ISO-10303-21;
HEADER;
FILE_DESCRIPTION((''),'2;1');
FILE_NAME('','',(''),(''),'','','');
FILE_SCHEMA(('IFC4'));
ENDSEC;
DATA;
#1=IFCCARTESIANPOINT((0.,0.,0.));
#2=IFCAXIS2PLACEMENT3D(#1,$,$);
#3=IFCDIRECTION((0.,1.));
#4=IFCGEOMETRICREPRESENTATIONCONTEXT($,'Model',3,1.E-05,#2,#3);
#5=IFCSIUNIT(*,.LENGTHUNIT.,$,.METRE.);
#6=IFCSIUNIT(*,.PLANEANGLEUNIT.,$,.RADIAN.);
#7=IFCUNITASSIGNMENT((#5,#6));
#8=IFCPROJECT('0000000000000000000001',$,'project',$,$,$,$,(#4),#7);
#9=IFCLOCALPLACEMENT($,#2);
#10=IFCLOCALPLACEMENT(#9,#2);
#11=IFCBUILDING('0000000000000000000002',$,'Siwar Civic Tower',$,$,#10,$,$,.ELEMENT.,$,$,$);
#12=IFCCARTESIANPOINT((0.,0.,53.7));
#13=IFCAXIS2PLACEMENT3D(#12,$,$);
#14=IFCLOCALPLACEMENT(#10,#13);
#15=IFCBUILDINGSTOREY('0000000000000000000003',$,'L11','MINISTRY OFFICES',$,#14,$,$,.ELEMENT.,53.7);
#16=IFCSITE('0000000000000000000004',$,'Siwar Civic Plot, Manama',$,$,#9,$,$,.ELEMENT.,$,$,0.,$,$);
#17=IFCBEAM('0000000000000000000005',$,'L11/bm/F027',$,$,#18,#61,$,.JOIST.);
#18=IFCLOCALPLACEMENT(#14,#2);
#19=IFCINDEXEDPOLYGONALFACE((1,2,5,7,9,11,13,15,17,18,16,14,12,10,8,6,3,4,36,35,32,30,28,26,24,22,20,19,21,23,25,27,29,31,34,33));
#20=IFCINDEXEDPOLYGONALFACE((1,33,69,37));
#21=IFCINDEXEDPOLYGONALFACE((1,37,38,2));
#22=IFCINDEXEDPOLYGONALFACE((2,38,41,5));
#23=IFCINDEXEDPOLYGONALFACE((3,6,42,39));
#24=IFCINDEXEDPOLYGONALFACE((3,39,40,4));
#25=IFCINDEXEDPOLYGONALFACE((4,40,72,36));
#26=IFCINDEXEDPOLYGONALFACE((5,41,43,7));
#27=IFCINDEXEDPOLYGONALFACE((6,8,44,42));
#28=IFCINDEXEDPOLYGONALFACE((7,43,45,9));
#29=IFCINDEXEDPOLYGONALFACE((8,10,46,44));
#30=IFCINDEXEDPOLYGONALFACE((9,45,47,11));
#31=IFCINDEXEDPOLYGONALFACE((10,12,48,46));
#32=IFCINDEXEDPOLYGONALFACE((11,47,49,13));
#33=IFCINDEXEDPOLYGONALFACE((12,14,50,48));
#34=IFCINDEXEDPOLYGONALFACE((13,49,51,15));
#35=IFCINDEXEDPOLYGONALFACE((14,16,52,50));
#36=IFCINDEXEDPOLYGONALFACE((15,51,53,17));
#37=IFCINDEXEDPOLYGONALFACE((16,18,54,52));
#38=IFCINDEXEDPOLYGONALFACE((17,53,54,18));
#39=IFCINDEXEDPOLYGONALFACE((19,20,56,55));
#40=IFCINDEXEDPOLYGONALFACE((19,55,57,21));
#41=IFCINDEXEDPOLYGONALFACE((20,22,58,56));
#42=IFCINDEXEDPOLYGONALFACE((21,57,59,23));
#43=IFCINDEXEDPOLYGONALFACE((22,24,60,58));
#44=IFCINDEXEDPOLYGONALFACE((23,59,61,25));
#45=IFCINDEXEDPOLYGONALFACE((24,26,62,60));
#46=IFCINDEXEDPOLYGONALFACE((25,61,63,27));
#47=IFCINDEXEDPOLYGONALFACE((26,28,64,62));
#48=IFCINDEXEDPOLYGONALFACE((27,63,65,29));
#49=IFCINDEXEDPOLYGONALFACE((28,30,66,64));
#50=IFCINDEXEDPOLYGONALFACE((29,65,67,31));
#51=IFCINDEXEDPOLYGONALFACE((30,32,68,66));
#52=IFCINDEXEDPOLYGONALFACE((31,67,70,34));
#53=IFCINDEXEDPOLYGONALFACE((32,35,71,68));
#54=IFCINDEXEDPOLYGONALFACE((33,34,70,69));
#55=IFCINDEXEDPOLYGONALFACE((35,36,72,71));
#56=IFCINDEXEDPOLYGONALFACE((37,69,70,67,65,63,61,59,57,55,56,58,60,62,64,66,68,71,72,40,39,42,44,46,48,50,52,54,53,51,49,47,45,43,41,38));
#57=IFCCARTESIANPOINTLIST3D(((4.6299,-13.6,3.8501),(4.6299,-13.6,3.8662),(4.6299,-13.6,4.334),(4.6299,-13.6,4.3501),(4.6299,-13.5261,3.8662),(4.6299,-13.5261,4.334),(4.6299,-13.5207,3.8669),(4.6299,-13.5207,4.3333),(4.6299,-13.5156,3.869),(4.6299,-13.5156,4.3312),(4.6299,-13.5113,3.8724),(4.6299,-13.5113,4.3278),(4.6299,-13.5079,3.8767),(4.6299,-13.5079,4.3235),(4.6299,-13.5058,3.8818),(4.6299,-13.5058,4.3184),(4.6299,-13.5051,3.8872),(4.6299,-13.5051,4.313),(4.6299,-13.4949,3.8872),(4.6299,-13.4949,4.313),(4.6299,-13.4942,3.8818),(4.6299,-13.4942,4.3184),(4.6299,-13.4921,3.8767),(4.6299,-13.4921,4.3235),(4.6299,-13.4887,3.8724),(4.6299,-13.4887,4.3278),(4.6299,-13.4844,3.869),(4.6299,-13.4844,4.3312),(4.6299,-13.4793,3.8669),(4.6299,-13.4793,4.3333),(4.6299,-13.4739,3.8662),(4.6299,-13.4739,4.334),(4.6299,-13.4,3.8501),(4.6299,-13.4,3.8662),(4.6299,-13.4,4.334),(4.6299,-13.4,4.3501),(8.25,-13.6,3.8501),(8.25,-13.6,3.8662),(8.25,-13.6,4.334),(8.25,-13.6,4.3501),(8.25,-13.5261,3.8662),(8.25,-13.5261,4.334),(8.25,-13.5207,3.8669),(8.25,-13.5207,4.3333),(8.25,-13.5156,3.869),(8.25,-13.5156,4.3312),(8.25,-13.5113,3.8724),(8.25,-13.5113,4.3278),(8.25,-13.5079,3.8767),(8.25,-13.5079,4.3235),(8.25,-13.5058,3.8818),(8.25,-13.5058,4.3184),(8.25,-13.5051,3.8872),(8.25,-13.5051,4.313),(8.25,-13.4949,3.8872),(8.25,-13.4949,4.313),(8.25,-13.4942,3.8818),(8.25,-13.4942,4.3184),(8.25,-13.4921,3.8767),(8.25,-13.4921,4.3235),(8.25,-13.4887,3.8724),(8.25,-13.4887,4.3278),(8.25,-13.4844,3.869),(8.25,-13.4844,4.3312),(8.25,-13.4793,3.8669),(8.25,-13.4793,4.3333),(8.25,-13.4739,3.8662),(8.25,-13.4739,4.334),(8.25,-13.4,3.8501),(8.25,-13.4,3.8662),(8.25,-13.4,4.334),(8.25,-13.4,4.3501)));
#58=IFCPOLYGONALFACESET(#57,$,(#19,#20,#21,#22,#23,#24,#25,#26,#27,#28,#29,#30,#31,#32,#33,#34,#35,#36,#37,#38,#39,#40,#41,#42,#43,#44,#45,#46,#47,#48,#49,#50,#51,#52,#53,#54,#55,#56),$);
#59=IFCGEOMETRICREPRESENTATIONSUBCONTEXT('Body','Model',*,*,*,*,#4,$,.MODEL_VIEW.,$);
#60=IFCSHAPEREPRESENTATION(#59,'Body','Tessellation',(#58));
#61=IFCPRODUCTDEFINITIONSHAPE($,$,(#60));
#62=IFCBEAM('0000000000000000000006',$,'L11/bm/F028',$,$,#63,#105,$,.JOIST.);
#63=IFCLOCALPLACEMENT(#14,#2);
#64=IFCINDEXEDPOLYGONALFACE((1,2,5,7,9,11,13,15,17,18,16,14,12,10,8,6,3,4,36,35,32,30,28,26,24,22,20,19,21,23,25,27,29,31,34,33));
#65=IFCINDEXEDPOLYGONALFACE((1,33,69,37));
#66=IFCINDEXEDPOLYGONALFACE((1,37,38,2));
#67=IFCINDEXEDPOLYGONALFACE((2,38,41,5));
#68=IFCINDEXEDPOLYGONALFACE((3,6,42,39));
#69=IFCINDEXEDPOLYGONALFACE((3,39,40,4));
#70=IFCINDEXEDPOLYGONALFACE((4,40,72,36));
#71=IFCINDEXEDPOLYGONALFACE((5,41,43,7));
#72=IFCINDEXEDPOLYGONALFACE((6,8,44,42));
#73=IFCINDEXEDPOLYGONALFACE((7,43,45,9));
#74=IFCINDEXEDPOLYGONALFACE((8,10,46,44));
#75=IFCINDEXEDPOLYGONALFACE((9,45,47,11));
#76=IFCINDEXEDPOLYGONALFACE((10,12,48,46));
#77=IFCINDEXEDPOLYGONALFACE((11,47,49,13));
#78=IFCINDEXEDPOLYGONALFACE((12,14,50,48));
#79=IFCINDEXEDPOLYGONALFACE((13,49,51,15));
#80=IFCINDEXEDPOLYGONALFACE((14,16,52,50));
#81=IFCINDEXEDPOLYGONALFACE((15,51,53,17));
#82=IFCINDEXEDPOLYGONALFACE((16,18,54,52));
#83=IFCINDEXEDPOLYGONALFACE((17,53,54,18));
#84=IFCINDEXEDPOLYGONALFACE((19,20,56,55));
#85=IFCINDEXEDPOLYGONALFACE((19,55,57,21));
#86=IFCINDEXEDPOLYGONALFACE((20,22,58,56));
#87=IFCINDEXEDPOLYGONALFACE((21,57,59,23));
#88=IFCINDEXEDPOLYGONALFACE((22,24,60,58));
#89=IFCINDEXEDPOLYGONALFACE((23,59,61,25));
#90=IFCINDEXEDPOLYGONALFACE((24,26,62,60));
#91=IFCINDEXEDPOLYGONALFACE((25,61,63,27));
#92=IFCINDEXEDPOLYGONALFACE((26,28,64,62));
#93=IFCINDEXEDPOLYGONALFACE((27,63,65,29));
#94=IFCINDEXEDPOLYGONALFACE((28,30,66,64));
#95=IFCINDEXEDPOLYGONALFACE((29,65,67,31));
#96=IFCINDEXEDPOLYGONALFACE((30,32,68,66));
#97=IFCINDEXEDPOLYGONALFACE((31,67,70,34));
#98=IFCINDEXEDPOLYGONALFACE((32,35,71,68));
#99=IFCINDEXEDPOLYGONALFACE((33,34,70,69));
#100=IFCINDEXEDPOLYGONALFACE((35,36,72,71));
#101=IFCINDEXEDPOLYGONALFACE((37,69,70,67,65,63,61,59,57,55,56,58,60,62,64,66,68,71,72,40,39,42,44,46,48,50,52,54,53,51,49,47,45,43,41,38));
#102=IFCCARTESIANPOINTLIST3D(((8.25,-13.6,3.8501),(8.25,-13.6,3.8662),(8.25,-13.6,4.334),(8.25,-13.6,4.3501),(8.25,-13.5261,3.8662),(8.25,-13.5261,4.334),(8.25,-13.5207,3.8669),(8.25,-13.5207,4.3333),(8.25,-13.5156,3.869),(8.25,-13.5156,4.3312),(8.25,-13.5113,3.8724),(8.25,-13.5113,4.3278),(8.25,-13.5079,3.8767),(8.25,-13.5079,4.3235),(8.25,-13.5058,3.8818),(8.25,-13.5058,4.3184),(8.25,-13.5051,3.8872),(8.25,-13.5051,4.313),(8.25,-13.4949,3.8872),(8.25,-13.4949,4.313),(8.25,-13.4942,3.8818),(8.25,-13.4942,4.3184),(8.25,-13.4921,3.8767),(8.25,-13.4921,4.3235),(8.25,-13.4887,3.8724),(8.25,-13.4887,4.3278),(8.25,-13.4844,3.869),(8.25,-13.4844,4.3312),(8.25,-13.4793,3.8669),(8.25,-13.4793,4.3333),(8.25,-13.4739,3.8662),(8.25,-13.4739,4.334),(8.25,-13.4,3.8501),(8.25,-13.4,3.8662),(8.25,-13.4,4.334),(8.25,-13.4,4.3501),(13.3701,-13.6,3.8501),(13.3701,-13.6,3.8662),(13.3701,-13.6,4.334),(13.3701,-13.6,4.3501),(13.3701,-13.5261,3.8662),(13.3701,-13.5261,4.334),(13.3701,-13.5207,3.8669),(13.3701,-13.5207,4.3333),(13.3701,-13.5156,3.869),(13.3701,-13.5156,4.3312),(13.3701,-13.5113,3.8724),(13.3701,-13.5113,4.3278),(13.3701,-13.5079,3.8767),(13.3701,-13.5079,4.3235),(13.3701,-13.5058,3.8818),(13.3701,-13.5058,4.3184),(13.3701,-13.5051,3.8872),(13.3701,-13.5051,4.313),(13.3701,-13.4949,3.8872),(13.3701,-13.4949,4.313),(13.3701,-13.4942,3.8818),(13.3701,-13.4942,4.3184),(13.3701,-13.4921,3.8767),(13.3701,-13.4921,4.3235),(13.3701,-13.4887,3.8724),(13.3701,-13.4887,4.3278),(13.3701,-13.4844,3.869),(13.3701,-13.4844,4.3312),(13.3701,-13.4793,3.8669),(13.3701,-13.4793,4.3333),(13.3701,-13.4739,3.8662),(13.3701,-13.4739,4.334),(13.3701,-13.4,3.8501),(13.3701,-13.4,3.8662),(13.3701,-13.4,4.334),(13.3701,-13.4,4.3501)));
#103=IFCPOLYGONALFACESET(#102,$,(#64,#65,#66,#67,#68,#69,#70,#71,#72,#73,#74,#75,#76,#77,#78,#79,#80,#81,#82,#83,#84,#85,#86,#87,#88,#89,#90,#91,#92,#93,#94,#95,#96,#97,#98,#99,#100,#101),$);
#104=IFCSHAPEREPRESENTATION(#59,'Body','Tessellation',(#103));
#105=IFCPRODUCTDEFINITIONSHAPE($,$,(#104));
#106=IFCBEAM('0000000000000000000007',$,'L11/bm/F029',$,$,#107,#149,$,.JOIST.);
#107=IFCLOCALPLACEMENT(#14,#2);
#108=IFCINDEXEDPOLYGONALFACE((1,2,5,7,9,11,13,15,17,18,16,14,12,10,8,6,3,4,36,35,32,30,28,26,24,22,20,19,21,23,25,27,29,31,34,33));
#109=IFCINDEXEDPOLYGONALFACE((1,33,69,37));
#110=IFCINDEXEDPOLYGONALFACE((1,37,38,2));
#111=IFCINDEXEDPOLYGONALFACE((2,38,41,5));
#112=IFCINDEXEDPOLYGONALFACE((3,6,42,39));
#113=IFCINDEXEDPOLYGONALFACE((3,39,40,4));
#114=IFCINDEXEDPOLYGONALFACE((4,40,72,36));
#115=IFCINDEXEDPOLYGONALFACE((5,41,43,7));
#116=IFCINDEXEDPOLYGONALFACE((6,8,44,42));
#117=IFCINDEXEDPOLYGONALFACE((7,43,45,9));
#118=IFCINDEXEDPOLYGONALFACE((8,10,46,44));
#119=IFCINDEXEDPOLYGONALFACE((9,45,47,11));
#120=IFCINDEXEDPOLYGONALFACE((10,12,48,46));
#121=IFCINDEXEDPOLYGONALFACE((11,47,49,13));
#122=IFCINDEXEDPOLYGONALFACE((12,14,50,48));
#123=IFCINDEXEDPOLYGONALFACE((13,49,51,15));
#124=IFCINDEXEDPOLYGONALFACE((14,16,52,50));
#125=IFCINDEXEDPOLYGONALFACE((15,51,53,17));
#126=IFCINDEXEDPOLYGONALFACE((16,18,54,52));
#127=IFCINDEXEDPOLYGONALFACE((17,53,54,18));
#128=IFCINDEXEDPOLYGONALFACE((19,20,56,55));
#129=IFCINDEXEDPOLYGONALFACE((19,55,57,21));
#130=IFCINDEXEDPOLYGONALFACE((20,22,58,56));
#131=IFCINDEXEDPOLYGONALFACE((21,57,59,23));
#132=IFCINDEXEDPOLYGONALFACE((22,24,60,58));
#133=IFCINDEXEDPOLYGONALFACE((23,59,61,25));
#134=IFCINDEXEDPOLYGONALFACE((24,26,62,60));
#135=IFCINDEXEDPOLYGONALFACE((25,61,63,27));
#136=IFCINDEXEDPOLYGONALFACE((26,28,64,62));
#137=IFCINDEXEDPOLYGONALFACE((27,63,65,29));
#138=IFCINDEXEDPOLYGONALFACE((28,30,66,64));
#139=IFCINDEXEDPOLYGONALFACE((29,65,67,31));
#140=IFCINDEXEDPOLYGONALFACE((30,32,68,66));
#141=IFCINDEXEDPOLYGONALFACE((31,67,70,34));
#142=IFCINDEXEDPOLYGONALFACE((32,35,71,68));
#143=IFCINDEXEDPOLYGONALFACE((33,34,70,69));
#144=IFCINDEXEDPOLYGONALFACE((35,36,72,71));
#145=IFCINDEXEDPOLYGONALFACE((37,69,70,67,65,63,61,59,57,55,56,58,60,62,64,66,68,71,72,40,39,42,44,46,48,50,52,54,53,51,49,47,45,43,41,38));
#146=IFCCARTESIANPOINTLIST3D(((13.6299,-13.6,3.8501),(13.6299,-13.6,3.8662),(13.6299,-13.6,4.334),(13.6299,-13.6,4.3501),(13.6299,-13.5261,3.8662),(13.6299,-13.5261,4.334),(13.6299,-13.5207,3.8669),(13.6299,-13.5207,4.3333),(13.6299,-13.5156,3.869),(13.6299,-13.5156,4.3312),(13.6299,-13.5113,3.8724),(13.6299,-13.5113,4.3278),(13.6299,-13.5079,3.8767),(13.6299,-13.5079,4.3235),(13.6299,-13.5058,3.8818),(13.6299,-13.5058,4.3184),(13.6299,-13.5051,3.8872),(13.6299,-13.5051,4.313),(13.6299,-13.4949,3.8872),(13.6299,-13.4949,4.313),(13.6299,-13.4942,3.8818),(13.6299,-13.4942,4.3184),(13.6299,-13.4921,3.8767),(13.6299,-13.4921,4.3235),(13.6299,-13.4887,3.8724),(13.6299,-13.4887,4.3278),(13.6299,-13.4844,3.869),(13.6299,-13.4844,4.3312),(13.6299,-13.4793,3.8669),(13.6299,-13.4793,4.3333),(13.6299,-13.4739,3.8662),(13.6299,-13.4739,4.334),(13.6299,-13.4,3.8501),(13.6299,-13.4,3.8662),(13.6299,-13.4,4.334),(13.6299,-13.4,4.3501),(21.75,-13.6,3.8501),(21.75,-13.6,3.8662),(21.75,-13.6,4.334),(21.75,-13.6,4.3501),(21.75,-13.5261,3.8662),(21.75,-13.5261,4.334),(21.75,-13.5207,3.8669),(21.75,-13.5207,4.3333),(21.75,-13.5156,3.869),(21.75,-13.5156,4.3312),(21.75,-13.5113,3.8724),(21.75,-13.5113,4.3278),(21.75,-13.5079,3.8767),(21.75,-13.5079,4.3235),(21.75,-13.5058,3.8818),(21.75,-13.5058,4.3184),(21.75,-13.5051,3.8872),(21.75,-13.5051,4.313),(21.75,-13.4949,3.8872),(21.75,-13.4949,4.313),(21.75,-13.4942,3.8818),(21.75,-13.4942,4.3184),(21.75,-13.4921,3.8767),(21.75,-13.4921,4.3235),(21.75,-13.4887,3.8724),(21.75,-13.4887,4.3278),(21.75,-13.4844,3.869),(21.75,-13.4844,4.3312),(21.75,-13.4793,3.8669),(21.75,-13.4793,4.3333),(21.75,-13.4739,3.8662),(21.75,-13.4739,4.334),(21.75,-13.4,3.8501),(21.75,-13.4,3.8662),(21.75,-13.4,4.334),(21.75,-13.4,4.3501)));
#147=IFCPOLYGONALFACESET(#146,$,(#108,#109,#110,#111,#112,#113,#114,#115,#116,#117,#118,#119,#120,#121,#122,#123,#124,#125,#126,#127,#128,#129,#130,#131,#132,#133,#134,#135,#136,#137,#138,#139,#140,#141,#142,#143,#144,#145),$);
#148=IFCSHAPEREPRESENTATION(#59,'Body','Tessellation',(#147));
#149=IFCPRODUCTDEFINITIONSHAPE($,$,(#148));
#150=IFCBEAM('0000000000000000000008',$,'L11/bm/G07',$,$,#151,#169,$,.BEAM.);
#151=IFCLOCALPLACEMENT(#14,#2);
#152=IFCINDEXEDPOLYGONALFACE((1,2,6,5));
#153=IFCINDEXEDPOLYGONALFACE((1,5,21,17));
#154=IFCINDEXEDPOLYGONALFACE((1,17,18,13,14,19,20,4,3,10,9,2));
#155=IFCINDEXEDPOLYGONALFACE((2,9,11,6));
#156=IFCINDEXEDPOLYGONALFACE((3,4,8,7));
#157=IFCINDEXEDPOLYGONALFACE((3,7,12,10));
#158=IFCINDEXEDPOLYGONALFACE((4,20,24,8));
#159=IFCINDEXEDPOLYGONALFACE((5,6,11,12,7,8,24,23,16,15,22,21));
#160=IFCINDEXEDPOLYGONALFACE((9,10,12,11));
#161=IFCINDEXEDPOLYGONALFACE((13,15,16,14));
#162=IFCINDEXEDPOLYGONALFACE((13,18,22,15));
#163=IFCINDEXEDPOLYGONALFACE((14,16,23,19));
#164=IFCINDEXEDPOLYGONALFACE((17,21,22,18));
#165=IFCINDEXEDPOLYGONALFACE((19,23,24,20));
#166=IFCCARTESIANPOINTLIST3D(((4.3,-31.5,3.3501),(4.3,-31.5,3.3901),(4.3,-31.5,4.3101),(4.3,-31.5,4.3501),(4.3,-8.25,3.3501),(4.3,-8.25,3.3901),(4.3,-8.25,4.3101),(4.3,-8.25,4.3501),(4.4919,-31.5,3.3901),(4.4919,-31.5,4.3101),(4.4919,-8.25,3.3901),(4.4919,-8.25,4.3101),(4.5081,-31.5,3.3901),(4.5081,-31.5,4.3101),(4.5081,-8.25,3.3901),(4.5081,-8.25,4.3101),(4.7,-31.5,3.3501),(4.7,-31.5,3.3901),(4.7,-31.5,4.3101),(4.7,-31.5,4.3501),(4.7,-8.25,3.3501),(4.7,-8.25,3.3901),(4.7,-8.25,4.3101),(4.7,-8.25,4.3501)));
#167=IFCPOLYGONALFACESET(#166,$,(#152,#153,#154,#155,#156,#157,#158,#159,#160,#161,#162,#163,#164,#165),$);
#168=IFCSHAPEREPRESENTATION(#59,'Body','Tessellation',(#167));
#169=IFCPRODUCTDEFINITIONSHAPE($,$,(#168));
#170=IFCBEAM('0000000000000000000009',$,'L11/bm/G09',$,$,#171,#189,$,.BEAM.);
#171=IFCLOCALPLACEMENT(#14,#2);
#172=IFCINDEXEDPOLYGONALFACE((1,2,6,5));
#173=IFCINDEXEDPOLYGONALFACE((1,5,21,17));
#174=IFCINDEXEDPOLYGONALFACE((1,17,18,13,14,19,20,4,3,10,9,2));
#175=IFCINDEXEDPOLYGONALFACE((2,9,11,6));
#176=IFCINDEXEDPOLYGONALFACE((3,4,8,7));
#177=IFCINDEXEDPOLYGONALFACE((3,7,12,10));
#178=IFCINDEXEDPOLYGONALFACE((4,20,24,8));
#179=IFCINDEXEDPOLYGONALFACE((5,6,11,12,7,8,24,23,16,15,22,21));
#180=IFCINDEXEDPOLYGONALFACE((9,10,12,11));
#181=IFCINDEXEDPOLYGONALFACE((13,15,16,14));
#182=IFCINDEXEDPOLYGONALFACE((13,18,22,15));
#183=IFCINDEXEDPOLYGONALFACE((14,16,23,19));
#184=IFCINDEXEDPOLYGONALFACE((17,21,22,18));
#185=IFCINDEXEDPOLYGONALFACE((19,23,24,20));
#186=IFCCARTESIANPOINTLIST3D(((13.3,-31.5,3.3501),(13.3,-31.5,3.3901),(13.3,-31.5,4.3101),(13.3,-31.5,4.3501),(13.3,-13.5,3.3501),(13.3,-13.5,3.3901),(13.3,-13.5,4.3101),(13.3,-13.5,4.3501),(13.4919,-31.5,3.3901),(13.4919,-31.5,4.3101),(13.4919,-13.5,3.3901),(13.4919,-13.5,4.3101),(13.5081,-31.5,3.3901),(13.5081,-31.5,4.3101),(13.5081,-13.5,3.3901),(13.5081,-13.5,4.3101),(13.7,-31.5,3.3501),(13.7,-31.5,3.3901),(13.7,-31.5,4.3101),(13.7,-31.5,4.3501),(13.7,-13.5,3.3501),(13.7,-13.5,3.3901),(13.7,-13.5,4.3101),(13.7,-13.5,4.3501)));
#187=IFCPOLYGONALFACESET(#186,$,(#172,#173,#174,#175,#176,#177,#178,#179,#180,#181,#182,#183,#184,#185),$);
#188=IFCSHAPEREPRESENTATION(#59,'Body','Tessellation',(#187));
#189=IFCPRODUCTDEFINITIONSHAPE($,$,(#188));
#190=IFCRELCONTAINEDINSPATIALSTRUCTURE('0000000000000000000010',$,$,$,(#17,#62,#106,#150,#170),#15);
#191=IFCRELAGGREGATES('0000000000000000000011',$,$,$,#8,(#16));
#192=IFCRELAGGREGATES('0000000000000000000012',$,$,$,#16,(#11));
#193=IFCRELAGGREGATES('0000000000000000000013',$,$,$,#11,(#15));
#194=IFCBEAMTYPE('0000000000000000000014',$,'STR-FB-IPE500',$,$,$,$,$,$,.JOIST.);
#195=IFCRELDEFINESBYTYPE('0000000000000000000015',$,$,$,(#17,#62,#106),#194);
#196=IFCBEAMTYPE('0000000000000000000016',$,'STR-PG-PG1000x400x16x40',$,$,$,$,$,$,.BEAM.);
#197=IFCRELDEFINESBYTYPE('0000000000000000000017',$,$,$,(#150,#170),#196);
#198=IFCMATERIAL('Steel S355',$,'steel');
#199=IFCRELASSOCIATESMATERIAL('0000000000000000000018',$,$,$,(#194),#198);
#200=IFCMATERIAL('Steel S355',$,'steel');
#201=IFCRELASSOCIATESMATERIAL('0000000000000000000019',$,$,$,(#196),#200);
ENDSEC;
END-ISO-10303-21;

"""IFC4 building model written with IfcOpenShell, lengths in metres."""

from ifc_helpers import new_model, si_unit, direction, frame, origin, origin_2d, place, context, subcontext, project, spatial, i_section, extrude, material, material_profile, profile_set, type_object, element, save


model = new_model("IFC4")

# Units and contexts
model_context = context("Model", 3, precision=1e-05, world=origin(), true_north=direction((0.0, 1.0)))
body_context = subcontext(model_context, "Body", "Model", "MODEL_VIEW")
ifc_project = project(units=[si_unit("LENGTHUNIT", "METRE"), si_unit("PLANEANGLEUNIT", "RADIAN")], contexts=[model_context])

# Site, building, storey
site_placement = place(None, origin())
site = spatial("IfcSite", under=ifc_project, at=site_placement, Name="Siwar Civic Plot, Manama", CompositionType="ELEMENT", RefElevation=0.0)
building_placement = place(site_placement, origin())
building = spatial("IfcBuilding", under=site, at=building_placement, Name="Siwar Civic Tower", CompositionType="ELEMENT")
storey_placement = place(building_placement, frame((0.0, 0.0, 53.7)))
storey = spatial("IfcBuildingStorey", under=building, at=storey_placement, Name="L11", Description="MINISTRY OFFICES", CompositionType="ELEMENT", Elevation=53.7)

# Beams
ifc_material_1 = material(Name="Steel S355", Category="steel")
ifc_material_profile_1 = material_profile(ifc_material_1, i_section(OverallWidth=0.2, OverallDepth=0.5, WebThickness=0.0103, FlangeThickness=0.0161, FilletRadius=0.021, at=origin_2d()), Name="IPE500")
ifc_profile_set_1 = profile_set([ifc_material_profile_1], Name="Steel S355")
beam_type_1 = type_object("IfcBeamType", Name="STR-FB-IPE500", PredefinedType="JOIST", material=ifc_profile_set_1)
beam_1_placement = place(storey_placement, frame((4.6299, -13.5, 4.1001), z_axis=(1.0, 0.0, 0.0), x_axis=(0.0, 1.0, 0.0)))
element("IfcBeam", 1, at=beam_1_placement, inside=storey, type_object=beam_type_1, Name="L11/bm/F027", PredefinedType="JOIST", context=body_context, shape_type="SweptSolid", body=[
    extrude(i_section(OverallWidth=0.2, OverallDepth=0.5, WebThickness=0.0103, FlangeThickness=0.0161, FilletRadius=0.021, at=origin_2d()), origin(), (0.0, 0.0, 1.0), 3.6201),
])
beam_2_placement = place(storey_placement, frame((8.25, -13.5, 4.1001), z_axis=(1.0, 0.0, 0.0), x_axis=(0.0, 1.0, 0.0)))
element("IfcBeam", 2, at=beam_2_placement, inside=storey, type_object=beam_type_1, Name="L11/bm/F028", PredefinedType="JOIST", context=body_context, shape_type="SweptSolid", body=[
    extrude(i_section(OverallWidth=0.2, OverallDepth=0.5, WebThickness=0.0103, FlangeThickness=0.0161, FilletRadius=0.021, at=origin_2d()), origin(), (0.0, 0.0, 1.0), 5.1201),
])
beam_3_placement = place(storey_placement, frame((13.6299, -13.5, 4.1001), z_axis=(1.0, 0.0, 0.0), x_axis=(0.0, 1.0, 0.0)))
element("IfcBeam", 3, at=beam_3_placement, inside=storey, type_object=beam_type_1, Name="L11/bm/F029", PredefinedType="JOIST", context=body_context, shape_type="SweptSolid", body=[
    extrude(i_section(OverallWidth=0.2, OverallDepth=0.5, WebThickness=0.0103, FlangeThickness=0.0161, FilletRadius=0.021, at=origin_2d()), origin(), (0.0, 0.0, 1.0), 8.1201),
])
ifc_material_2 = material(Name="Steel S355", Category="steel")
ifc_material_profile_2 = material_profile(ifc_material_2, i_section(OverallWidth=0.3999, OverallDepth=1.0, WebThickness=0.0161, FlangeThickness=0.04, at=origin_2d()), Name="PG1000x400x16x40")
ifc_profile_set_2 = profile_set([ifc_material_profile_2], Name="Steel S355")
beam_type_2 = type_object("IfcBeamType", Name="STR-PG-PG1000x400x16x40", PredefinedType="BEAM", material=ifc_profile_set_2)
beam_4_placement = place(storey_placement, frame((4.5, -31.5, 3.8501), z_axis=(0.0, 1.0, 0.0), x_axis=(-1.0, 0.0, 0.0)))
element("IfcBeam", 4, at=beam_4_placement, inside=storey, type_object=beam_type_2, Name="L11/bm/G07", PredefinedType="BEAM", context=body_context, shape_type="SweptSolid", body=[
    extrude(i_section(OverallWidth=0.3999, OverallDepth=1.0, WebThickness=0.0161, FlangeThickness=0.04, at=origin_2d()), origin(), (0.0, 0.0, 1.0), 23.25),
])
beam_5_placement = place(storey_placement, frame((13.5, -31.5, 3.8501), z_axis=(0.0, 1.0, 0.0), x_axis=(-1.0, 0.0, 0.0)))
element("IfcBeam", 5, at=beam_5_placement, inside=storey, type_object=beam_type_2, Name="L11/bm/G09", PredefinedType="BEAM", context=body_context, shape_type="SweptSolid", body=[
    extrude(i_section(OverallWidth=0.3999, OverallDepth=1.0, WebThickness=0.0161, FlangeThickness=0.04, at=origin_2d()), origin(), (0.0, 0.0, 1.0), 18.0),
])

save(model, "model.ifc")
